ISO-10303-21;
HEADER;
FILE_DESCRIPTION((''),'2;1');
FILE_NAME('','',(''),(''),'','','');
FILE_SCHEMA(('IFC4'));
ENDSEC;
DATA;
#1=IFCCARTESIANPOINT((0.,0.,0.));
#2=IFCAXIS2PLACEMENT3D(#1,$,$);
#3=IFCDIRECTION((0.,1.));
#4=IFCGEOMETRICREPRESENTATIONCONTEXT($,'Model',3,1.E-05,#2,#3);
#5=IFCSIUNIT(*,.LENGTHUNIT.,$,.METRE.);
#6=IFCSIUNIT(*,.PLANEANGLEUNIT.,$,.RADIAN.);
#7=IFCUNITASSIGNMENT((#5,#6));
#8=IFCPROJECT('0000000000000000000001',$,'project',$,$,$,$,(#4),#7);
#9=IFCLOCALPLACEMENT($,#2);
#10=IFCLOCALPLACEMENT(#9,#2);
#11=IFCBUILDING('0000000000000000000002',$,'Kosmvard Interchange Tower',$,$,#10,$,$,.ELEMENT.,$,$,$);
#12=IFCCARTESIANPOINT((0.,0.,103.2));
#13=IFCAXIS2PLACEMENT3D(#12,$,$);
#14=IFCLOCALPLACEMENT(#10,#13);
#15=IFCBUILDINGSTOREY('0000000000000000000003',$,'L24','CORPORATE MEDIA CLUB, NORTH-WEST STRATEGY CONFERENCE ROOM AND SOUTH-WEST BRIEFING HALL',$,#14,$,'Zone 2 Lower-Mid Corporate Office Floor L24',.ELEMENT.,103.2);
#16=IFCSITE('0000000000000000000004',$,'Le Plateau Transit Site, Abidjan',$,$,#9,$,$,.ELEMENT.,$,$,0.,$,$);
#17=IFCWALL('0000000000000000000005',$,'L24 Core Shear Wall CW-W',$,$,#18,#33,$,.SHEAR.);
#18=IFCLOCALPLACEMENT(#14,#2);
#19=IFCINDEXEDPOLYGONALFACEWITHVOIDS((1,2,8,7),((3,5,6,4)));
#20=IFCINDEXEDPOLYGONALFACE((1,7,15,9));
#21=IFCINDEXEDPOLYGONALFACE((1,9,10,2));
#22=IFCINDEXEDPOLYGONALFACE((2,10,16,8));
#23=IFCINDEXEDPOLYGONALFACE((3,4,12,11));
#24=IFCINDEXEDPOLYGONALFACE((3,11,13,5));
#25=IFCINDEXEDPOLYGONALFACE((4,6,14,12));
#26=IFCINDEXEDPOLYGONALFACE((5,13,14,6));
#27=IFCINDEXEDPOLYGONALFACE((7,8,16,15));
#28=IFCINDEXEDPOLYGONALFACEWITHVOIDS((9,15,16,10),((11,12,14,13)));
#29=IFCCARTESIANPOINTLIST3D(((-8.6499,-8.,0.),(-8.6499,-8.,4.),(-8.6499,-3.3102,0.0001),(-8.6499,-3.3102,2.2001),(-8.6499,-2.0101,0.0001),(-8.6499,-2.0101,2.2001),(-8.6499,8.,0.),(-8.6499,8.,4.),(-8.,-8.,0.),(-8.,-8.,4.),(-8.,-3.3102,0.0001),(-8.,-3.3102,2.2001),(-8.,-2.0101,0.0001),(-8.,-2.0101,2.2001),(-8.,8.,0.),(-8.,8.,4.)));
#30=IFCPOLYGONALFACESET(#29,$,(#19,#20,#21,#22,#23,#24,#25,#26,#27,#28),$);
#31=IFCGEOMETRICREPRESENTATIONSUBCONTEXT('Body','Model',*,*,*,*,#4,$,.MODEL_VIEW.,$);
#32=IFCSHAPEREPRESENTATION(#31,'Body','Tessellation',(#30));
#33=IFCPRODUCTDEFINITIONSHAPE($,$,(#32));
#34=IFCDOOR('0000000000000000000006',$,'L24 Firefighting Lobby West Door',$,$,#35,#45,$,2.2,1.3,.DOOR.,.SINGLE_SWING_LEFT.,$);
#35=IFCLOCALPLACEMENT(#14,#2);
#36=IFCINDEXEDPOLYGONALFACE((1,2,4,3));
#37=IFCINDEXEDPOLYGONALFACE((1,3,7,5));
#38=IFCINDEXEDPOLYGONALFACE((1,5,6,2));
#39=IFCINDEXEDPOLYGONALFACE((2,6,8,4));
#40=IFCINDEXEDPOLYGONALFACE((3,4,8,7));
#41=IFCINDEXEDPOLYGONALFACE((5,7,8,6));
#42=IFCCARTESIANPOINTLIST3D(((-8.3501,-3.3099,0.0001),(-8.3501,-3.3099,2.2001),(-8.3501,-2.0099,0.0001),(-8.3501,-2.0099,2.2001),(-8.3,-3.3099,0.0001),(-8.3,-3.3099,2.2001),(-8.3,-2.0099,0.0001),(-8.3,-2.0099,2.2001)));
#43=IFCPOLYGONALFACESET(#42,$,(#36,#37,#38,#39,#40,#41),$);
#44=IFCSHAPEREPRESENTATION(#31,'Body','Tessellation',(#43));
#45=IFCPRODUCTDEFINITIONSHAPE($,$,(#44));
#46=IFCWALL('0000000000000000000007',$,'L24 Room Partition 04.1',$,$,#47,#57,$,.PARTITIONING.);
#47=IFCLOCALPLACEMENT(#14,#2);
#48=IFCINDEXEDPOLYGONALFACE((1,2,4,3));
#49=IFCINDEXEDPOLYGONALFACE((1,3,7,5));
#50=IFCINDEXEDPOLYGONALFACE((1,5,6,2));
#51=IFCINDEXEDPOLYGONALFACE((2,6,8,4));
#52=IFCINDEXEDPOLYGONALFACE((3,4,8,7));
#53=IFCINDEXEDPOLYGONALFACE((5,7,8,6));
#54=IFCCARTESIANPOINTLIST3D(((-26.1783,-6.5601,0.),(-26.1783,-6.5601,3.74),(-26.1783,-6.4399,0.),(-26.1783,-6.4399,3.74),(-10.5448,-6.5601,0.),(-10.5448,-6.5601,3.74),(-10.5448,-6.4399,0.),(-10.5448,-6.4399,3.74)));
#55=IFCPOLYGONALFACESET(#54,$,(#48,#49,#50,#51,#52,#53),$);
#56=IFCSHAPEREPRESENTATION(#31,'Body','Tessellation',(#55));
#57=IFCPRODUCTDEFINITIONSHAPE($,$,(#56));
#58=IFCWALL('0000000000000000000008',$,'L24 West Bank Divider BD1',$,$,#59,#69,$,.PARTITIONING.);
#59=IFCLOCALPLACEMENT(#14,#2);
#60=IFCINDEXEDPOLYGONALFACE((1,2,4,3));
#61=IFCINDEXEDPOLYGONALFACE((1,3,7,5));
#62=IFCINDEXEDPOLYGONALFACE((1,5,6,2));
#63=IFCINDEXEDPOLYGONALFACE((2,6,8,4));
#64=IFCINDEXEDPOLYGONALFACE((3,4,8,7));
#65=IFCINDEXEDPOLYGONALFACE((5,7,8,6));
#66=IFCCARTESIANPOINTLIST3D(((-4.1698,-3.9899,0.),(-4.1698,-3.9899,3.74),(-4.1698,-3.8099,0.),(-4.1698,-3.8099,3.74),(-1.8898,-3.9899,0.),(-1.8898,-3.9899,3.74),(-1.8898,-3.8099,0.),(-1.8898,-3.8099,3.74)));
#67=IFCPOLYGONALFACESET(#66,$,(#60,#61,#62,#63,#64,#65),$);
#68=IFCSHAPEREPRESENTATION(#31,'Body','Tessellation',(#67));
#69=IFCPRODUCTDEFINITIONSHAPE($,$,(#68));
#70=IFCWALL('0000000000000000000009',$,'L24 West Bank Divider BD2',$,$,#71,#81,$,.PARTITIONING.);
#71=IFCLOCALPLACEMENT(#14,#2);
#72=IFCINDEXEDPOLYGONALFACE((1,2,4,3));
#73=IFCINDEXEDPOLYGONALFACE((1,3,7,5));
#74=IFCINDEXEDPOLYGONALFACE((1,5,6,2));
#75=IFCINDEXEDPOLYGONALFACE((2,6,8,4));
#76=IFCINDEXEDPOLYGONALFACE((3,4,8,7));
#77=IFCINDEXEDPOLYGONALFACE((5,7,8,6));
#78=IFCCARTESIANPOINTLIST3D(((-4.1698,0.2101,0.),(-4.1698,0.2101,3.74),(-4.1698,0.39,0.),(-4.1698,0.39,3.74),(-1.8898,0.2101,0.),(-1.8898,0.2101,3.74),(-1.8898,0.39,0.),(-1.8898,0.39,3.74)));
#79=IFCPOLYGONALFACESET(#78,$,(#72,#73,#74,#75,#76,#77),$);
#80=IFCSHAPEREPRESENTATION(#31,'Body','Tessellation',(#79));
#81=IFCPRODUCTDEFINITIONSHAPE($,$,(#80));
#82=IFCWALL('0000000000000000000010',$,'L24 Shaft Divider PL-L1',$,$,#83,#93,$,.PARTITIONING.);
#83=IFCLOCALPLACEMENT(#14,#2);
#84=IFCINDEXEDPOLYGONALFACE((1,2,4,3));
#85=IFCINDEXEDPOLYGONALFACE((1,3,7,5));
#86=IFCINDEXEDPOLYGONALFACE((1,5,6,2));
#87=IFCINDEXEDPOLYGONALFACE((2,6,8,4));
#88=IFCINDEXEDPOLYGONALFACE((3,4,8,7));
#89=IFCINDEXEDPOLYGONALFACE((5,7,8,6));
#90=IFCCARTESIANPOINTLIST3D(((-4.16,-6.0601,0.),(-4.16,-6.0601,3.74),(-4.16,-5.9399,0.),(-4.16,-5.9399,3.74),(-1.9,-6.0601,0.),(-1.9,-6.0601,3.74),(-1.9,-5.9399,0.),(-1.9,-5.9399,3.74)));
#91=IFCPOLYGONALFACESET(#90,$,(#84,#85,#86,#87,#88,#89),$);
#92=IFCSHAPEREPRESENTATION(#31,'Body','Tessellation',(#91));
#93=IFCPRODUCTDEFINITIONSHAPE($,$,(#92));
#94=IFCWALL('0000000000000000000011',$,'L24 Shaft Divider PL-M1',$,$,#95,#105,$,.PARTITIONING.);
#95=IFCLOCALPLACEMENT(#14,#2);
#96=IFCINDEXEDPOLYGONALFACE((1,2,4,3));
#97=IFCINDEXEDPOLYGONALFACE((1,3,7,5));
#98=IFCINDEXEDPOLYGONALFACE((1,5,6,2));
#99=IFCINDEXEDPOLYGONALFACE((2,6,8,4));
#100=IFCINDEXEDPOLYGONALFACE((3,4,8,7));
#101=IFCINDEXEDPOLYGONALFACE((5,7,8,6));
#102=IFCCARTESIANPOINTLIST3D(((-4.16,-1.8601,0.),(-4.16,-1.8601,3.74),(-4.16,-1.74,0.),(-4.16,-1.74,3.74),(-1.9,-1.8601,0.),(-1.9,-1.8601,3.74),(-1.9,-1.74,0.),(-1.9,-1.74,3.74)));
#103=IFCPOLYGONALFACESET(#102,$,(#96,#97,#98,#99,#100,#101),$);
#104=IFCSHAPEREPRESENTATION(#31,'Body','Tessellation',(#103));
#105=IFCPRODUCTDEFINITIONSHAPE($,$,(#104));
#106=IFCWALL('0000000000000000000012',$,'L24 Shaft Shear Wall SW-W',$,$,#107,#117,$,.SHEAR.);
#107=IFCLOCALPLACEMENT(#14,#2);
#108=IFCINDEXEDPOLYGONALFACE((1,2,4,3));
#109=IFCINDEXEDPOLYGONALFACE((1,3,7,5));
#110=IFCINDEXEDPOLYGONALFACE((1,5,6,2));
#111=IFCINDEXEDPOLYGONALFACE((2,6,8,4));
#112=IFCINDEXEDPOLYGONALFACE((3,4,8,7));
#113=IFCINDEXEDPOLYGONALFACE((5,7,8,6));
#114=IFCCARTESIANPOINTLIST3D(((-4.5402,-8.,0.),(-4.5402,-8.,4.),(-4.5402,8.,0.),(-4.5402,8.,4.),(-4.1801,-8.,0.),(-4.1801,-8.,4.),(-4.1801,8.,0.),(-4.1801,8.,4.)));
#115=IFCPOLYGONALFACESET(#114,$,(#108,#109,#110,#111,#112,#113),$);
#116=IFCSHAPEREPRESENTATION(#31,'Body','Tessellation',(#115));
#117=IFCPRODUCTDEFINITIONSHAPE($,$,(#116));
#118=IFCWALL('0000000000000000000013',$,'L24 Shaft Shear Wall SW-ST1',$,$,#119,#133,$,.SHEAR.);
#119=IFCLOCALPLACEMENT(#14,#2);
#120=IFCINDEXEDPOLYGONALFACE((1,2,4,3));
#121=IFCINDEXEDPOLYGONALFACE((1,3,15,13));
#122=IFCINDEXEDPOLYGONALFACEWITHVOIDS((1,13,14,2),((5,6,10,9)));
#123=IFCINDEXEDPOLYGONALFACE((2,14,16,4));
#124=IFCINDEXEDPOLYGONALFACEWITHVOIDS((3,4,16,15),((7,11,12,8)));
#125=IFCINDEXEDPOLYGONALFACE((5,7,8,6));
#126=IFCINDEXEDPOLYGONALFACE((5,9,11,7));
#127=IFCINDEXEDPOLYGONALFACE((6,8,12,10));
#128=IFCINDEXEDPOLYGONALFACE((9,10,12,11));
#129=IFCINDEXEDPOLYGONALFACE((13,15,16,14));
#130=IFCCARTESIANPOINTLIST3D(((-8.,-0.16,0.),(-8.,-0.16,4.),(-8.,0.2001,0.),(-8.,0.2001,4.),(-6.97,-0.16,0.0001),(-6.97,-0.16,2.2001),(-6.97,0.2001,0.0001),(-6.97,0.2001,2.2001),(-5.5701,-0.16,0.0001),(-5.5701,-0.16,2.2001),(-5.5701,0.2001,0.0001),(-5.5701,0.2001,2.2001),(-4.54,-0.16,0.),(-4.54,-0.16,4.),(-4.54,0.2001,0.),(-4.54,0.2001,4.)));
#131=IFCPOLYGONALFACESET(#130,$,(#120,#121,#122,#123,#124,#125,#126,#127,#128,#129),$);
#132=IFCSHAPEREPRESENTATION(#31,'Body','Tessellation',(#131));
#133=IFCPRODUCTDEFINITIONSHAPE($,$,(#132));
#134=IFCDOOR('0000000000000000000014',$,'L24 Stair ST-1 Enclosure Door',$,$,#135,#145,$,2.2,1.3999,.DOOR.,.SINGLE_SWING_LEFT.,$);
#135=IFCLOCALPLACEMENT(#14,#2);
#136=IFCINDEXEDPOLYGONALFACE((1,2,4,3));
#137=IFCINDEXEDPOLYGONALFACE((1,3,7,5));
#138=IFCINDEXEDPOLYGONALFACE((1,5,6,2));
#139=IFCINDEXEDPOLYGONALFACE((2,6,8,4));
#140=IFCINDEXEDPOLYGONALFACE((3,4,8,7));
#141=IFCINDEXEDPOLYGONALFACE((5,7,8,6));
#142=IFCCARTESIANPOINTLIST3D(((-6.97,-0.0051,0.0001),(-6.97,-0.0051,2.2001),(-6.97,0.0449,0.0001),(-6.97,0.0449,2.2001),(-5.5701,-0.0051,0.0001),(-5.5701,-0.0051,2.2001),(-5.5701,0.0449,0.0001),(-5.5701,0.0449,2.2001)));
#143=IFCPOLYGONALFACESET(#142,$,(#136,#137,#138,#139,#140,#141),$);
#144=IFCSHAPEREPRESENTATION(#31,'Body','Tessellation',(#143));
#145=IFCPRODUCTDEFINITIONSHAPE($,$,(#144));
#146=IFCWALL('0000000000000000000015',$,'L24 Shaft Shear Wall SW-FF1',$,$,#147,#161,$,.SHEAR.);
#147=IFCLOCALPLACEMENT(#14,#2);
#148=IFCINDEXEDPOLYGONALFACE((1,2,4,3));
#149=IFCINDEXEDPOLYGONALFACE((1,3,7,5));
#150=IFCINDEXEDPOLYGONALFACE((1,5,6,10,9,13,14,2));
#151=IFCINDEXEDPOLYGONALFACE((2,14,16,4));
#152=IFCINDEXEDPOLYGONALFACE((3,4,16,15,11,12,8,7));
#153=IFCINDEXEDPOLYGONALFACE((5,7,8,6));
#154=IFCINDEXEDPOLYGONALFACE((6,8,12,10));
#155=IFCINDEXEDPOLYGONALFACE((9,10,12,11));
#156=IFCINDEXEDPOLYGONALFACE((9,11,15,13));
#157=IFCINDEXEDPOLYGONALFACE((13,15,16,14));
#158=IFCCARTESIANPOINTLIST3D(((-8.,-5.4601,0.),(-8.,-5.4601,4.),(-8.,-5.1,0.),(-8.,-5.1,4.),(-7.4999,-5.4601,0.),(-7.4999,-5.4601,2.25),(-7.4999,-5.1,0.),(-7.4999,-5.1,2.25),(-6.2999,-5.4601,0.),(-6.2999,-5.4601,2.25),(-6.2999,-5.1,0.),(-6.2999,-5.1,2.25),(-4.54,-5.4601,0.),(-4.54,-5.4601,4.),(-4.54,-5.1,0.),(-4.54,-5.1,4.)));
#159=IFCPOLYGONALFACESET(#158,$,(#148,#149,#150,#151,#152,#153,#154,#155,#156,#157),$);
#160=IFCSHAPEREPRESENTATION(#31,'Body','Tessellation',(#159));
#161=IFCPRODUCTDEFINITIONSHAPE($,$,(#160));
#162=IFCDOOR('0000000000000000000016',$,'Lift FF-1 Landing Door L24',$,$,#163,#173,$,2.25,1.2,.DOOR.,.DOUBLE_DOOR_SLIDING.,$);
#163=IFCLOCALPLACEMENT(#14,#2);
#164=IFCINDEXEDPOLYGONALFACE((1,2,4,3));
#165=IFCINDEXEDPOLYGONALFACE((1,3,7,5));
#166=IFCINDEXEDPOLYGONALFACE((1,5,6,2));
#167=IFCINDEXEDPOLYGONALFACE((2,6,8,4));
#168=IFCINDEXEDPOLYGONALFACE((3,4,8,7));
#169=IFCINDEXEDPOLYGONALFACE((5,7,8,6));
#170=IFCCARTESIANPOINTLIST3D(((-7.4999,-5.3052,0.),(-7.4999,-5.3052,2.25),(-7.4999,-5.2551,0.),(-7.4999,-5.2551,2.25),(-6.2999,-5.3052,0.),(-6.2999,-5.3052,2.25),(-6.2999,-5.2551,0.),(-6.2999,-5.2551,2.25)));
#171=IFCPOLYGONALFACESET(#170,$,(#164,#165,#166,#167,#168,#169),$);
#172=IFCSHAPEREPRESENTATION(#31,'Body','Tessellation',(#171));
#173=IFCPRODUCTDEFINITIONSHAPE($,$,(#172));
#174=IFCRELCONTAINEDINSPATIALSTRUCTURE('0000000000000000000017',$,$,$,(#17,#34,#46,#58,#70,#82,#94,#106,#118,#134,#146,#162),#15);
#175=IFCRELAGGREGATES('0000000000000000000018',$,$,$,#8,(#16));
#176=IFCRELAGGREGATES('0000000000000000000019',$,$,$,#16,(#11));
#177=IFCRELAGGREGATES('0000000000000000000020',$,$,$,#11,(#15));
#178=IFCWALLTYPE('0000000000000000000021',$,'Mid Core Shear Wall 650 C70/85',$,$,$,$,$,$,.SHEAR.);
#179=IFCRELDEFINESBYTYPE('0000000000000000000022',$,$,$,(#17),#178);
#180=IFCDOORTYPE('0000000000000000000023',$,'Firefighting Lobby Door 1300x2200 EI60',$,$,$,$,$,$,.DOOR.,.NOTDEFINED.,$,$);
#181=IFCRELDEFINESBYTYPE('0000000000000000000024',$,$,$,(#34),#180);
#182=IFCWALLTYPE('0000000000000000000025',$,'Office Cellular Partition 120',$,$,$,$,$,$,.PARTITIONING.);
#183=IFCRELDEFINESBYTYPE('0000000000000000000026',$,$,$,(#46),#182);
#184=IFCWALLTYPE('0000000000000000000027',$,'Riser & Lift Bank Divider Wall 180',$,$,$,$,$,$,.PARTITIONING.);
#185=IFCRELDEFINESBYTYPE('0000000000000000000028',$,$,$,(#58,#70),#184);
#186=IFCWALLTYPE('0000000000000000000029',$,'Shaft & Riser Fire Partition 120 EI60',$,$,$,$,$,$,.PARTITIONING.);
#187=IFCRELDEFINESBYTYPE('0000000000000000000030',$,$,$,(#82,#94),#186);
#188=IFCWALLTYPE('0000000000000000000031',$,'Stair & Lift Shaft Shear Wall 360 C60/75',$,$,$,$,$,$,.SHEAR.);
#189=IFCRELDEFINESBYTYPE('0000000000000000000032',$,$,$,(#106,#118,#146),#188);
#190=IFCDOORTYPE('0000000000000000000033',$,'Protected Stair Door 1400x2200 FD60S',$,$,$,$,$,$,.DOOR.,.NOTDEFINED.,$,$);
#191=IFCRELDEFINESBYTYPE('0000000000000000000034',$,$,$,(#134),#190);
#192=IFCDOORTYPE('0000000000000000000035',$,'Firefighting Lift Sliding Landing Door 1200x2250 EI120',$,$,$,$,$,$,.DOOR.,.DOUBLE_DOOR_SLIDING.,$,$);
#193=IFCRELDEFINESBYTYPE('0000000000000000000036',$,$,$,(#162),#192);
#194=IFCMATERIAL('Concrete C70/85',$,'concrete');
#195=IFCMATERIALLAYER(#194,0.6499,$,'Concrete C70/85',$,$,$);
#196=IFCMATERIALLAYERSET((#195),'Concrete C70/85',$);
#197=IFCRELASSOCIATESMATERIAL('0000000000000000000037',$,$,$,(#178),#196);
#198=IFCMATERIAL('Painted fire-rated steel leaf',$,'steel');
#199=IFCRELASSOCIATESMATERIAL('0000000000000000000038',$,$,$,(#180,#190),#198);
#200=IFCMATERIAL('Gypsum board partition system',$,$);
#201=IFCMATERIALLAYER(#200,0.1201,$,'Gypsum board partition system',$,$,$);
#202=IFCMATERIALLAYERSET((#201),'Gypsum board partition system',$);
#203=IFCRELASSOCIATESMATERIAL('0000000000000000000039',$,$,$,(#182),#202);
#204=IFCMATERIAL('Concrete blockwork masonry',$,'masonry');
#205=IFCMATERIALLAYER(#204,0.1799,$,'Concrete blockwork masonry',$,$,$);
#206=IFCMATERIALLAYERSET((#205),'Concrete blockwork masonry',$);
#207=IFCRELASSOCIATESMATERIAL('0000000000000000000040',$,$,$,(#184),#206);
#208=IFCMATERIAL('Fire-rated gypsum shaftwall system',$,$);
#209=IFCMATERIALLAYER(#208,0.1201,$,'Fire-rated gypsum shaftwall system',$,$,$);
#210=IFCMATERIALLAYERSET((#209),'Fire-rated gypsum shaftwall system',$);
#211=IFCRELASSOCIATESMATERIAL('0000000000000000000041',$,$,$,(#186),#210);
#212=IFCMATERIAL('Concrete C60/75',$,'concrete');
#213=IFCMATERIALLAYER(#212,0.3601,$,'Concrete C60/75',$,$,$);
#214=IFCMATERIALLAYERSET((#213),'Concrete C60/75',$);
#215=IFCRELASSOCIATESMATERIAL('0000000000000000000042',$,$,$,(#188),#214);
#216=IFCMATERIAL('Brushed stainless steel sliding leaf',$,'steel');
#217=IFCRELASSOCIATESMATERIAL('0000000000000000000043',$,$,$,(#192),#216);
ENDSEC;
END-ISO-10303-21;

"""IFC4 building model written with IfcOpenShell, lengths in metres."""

from ifc_helpers import new_model, si_unit, direction, frame, frame_2d, origin, place, context, subcontext, project, spatial, rectangle, extrude, source, transform, mapped, material, layer, layer_set, type_object, element, fill, save


model = new_model("IFC4")

# Units and contexts
model_context = context("Model", 3, precision=1e-05, world=origin(), true_north=direction((0.0, 1.0)))
body_context = subcontext(model_context, "Body", "Model", "MODEL_VIEW")
ifc_project = project(units=[si_unit("LENGTHUNIT", "METRE"), si_unit("PLANEANGLEUNIT", "RADIAN")], contexts=[model_context])

# Site, building, storey
site_placement = place(None, origin())
site = spatial("IfcSite", under=ifc_project, at=site_placement, Name="Le Plateau Transit Site, Abidjan", CompositionType="ELEMENT", RefElevation=0.0)
building_placement = place(site_placement, origin())
building = spatial("IfcBuilding", under=site, at=building_placement, Name="Kosmvard Interchange Tower", CompositionType="ELEMENT")
storey_placement = place(building_placement, frame((0.0, 0.0, 103.2)))
storey = spatial("IfcBuildingStorey", under=building, at=storey_placement, Name="L24", Description="CORPORATE MEDIA CLUB, NORTH-WEST STRATEGY CONFERENCE ROOM AND SOUTH-WEST BRIEFING HALL", LongName="Zone 2 Lower-Mid Corporate Office Floor L24", CompositionType="ELEMENT", Elevation=103.2)

# Shared definitions
ifc_material_1 = material(Name="Concrete C60/75", Category="concrete")

# Shared definitions
ifc_material_2 = material(Name="Brushed stainless steel sliding leaf", Category="steel")

# Wall, opening, door
ifc_material_3 = material(Name="Concrete C70/85", Category="concrete")
ifc_layer_1 = layer(ifc_material_3, 0.6499, Name="Concrete C70/85")
ifc_layer_set_1 = layer_set([ifc_layer_1], Name="Concrete C70/85")
wall_type_1 = type_object("IfcWallType", Name="Mid Core Shear Wall 650 C70/85", PredefinedType="SHEAR", material=ifc_layer_set_1)
ifc_material_4 = material(Name="Painted fire-rated steel leaf", Category="steel")
door_type_1 = type_object("IfcDoorType", Name="Firefighting Lobby Door 1300x2200 EI60", OperationType="NOTDEFINED", PredefinedType="DOOR", material=ifc_material_4)
shared_shape_1 = source(origin(), body_context, "Body", "SweptSolid", [
    extrude(rectangle(XDim=1.3, YDim=2.2, at=frame_2d((0.6499, 1.1001))), frame((0.0, 0.0249, 0.0), z_axis=(0.0, -1.0, 0.0), x_axis=(1.0, 0.0, 0.0)), (0.0, 0.0, 1.0), 0.05),
])
wall_1_placement = place(storey_placement, frame((-8.325, -8.0, 0.0), z_axis=(0.0, 0.0, 1.0), x_axis=(0.0, 1.0, 0.0)))
wall_1 = element("IfcWall", 1, at=wall_1_placement, inside=storey, type_object=wall_type_1, Name="L24 Core Shear Wall CW-W", PredefinedType="SHEAR", context=body_context, shape_type="SweptSolid", body=[
    extrude(rectangle(XDim=16.0, YDim=0.6499, at=frame_2d((8.0, 0.0))), origin(), (0.0, 0.0, 1.0), 4.0),
])
opening_1_placement = place(wall_1_placement, frame((4.6899, 0.0, 0.0)))
opening_1 = element("IfcOpeningElement", 2, at=opening_1_placement, cuts=wall_1, PredefinedType="OPENING", context=body_context, shape_type="SweptSolid", body=[
    extrude(rectangle(XDim=1.3, YDim=2.2, at=frame_2d((0.6499, 1.1001))), frame((0.0, 0.335, 0.0), z_axis=(0.0, -1.0, 0.0), x_axis=(1.0, 0.0, 0.0)), (0.0, 0.0, 1.0), 0.6699),
])
door_1_placement = place(opening_1_placement, frame((1.3, 0.0, 0.0), z_axis=(0.0, 0.0, 1.0), x_axis=(-1.0, 0.0, 0.0)))
door_1 = element("IfcDoor", 3, at=door_1_placement, inside=storey, type_object=door_type_1, Name="L24 Firefighting Lobby West Door", OperationType="SINGLE_SWING_LEFT", OverallHeight=2.2, OverallWidth=1.3, PredefinedType="DOOR", context=body_context, shape_type="MappedRepresentation", body=[
    mapped(shared_shape_1, transform((0.0, 0.0, 0.0), scale=1.0)),
])
fill(opening_1, door_1)

# Walls
ifc_material_5 = material(Name="Gypsum board partition system")
ifc_layer_2 = layer(ifc_material_5, 0.1201, Name="Gypsum board partition system")
ifc_layer_set_2 = layer_set([ifc_layer_2], Name="Gypsum board partition system")
wall_type_2 = type_object("IfcWallType", Name="Office Cellular Partition 120", PredefinedType="PARTITIONING", material=ifc_layer_set_2)
wall_2_placement = place(storey_placement, frame((-26.1785, -6.5, 0.0), z_axis=(0.0, 0.0, 1.0), x_axis=(1.0, 0.0, 0.0)))
element("IfcWall", 4, at=wall_2_placement, inside=storey, type_object=wall_type_2, Name="L24 Room Partition 04.1", PredefinedType="PARTITIONING", context=body_context, shape_type="SweptSolid", body=[
    extrude(rectangle(XDim=15.6335, YDim=0.1201, at=frame_2d((7.8169, 0.0))), origin(), (0.0, 0.0, 1.0), 3.74),
])
ifc_material_6 = material(Name="Concrete blockwork masonry", Category="masonry")
ifc_layer_3 = layer(ifc_material_6, 0.1799, Name="Concrete blockwork masonry")
ifc_layer_set_3 = layer_set([ifc_layer_3], Name="Concrete blockwork masonry")
wall_type_3 = type_object("IfcWallType", Name="Riser & Lift Bank Divider Wall 180", PredefinedType="PARTITIONING", material=ifc_layer_set_3)
for number, where, z_axis, x_axis, name in (
    (5, (-4.1699, -3.8999, 0.0), (0.0, 0.0, 1.0), (1.0, 0.0, 0.0), "L24 West Bank Divider BD1"),
    (6, (-4.1699, 0.3, 0.0), (0.0, 0.0, 1.0), (1.0, 0.0, 0.0), "L24 West Bank Divider BD2"),
):
    element("IfcWall", number, at=place(storey_placement, frame(where, z_axis=z_axis, x_axis=x_axis)), inside=storey, type_object=wall_type_3, Name=name, PredefinedType="PARTITIONING", context=body_context, shape_type="SweptSolid", body=[
        extrude(rectangle(XDim=2.28, YDim=0.1799, at=frame_2d((1.1401, 0.0))), origin(), (0.0, 0.0, 1.0), 3.74),
    ])
ifc_material_7 = material(Name="Fire-rated gypsum shaftwall system")
ifc_layer_4 = layer(ifc_material_7, 0.1201, Name="Fire-rated gypsum shaftwall system")
ifc_layer_set_4 = layer_set([ifc_layer_4], Name="Fire-rated gypsum shaftwall system")
wall_type_4 = type_object("IfcWallType", Name="Shaft & Riser Fire Partition 120 EI60", PredefinedType="PARTITIONING", material=ifc_layer_set_4)
for number, where, z_axis, x_axis, name in (
    (7, (-4.1599, -6.0, 0.0), (0.0, 0.0, 1.0), (1.0, 0.0, 0.0), "L24 Shaft Divider PL-L1"),
    (8, (-4.1599, -1.8, 0.0), (0.0, 0.0, 1.0), (1.0, 0.0, 0.0), "L24 Shaft Divider PL-M1"),
):
    element("IfcWall", number, at=place(storey_placement, frame(where, z_axis=z_axis, x_axis=x_axis)), inside=storey, type_object=wall_type_4, Name=name, PredefinedType="PARTITIONING", context=body_context, shape_type="SweptSolid", body=[
        extrude(rectangle(XDim=2.26, YDim=0.1201, at=frame_2d((1.1299, 0.0))), origin(), (0.0, 0.0, 1.0), 3.74),
    ])
ifc_layer_5 = layer(ifc_material_1, 0.3601, Name="Concrete C60/75")
ifc_layer_set_5 = layer_set([ifc_layer_5], Name="Concrete C60/75")
wall_type_5 = type_object("IfcWallType", Name="Stair & Lift Shaft Shear Wall 360 C60/75", PredefinedType="SHEAR", material=ifc_layer_set_5)
wall_3_placement = place(storey_placement, frame((-4.3601, -8.0, 0.0), z_axis=(0.0, 0.0, 1.0), x_axis=(0.0, 1.0, 0.0)))
element("IfcWall", 9, at=wall_3_placement, inside=storey, type_object=wall_type_5, Name="L24 Shaft Shear Wall SW-W", PredefinedType="SHEAR", context=body_context, shape_type="SweptSolid", body=[
    extrude(rectangle(XDim=16.0, YDim=0.3601, at=frame_2d((8.0, 0.0))), origin(), (0.0, 0.0, 1.0), 4.0),
])

# Walls, openings, doors
wall_4_placement = place(storey_placement, frame((-8.0, 0.02, 0.0), z_axis=(0.0, 0.0, 1.0), x_axis=(1.0, 0.0, 0.0)))
wall_4 = element("IfcWall", 10, at=wall_4_placement, inside=storey, type_object=wall_type_5, Name="L24 Shaft Shear Wall SW-ST1", PredefinedType="SHEAR", context=body_context, shape_type="SweptSolid", body=[
    extrude(rectangle(XDim=3.46, YDim=0.3601, at=frame_2d((1.73, 0.0))), origin(), (0.0, 0.0, 1.0), 4.0),
])
opening_2_placement = place(wall_4_placement, frame((1.03, 0.0, 0.0)))
opening_2 = element("IfcOpeningElement", 11, at=opening_2_placement, cuts=wall_4, PredefinedType="OPENING", context=body_context, shape_type="SweptSolid", body=[
    extrude(rectangle(XDim=1.3999, YDim=2.2, at=frame_2d((0.7, 1.1001))), frame((0.0, 0.1899, 0.0), z_axis=(0.0, -1.0, 0.0), x_axis=(1.0, 0.0, 0.0)), (0.0, 0.0, 1.0), 0.3801),
])
door_type_2 = type_object("IfcDoorType", Name="Protected Stair Door 1400x2200 FD60S", OperationType="NOTDEFINED", PredefinedType="DOOR", material=ifc_material_4)
shared_shape_2 = source(origin(), body_context, "Body", "SweptSolid", [
    extrude(rectangle(XDim=1.3999, YDim=2.2, at=frame_2d((0.7, 1.1001))), frame((0.0, 0.0249, 0.0), z_axis=(0.0, -1.0, 0.0), x_axis=(1.0, 0.0, 0.0)), (0.0, 0.0, 1.0), 0.05),
])
door_2_placement = place(opening_2_placement, origin())
door_2 = element("IfcDoor", 12, at=door_2_placement, inside=storey, type_object=door_type_2, Name="L24 Stair ST-1 Enclosure Door", OperationType="SINGLE_SWING_LEFT", OverallHeight=2.2, OverallWidth=1.3999, PredefinedType="DOOR", context=body_context, shape_type="MappedRepresentation", body=[
    mapped(shared_shape_2, transform((0.0, 0.0, 0.0), scale=1.0)),
])
fill(opening_2, door_2)
wall_5_placement = place(storey_placement, frame((-8.0, -5.28, 0.0), z_axis=(0.0, 0.0, 1.0), x_axis=(1.0, 0.0, 0.0)))
wall_5 = element("IfcWall", 13, at=wall_5_placement, inside=storey, type_object=wall_type_5, Name="L24 Shaft Shear Wall SW-FF1", PredefinedType="SHEAR", context=body_context, shape_type="SweptSolid", body=[
    extrude(rectangle(XDim=3.46, YDim=0.3601, at=frame_2d((1.73, 0.0))), origin(), (0.0, 0.0, 1.0), 4.0),
])
opening_3_placement = place(wall_5_placement, frame((0.5, 0.0, 0.0)))
opening_3 = element("IfcOpeningElement", 14, at=opening_3_placement, cuts=wall_5, PredefinedType="OPENING", context=body_context, shape_type="SweptSolid", body=[
    extrude(rectangle(XDim=1.2, YDim=2.25, at=frame_2d((0.6001, 1.125))), frame((0.0, 0.1899, 0.0), z_axis=(0.0, -1.0, 0.0), x_axis=(1.0, 0.0, 0.0)), (0.0, 0.0, 1.0), 0.3801),
])
door_type_3 = type_object("IfcDoorType", Name="Firefighting Lift Sliding Landing Door 1200x2250 EI120", OperationType="DOUBLE_DOOR_SLIDING", PredefinedType="DOOR", material=ifc_material_2)
shared_shape_3 = source(origin(), body_context, "Body", "SweptSolid", [
    extrude(rectangle(XDim=1.2, YDim=2.25, at=frame_2d((0.6001, 1.125))), frame((0.0, 0.0249, 0.0), z_axis=(0.0, -1.0, 0.0), x_axis=(1.0, 0.0, 0.0)), (0.0, 0.0, 1.0), 0.05),
])
door_3_placement = place(opening_3_placement, origin())
door_3 = element("IfcDoor", 15, at=door_3_placement, inside=storey, type_object=door_type_3, Name="Lift FF-1 Landing Door L24", OperationType="DOUBLE_DOOR_SLIDING", OverallHeight=2.25, OverallWidth=1.2, PredefinedType="DOOR", context=body_context, shape_type="MappedRepresentation", body=[
    mapped(shared_shape_3, transform((0.0, 0.0, 0.0), scale=1.0)),
])
fill(opening_3, door_3)

save(model, "model.ifc")
